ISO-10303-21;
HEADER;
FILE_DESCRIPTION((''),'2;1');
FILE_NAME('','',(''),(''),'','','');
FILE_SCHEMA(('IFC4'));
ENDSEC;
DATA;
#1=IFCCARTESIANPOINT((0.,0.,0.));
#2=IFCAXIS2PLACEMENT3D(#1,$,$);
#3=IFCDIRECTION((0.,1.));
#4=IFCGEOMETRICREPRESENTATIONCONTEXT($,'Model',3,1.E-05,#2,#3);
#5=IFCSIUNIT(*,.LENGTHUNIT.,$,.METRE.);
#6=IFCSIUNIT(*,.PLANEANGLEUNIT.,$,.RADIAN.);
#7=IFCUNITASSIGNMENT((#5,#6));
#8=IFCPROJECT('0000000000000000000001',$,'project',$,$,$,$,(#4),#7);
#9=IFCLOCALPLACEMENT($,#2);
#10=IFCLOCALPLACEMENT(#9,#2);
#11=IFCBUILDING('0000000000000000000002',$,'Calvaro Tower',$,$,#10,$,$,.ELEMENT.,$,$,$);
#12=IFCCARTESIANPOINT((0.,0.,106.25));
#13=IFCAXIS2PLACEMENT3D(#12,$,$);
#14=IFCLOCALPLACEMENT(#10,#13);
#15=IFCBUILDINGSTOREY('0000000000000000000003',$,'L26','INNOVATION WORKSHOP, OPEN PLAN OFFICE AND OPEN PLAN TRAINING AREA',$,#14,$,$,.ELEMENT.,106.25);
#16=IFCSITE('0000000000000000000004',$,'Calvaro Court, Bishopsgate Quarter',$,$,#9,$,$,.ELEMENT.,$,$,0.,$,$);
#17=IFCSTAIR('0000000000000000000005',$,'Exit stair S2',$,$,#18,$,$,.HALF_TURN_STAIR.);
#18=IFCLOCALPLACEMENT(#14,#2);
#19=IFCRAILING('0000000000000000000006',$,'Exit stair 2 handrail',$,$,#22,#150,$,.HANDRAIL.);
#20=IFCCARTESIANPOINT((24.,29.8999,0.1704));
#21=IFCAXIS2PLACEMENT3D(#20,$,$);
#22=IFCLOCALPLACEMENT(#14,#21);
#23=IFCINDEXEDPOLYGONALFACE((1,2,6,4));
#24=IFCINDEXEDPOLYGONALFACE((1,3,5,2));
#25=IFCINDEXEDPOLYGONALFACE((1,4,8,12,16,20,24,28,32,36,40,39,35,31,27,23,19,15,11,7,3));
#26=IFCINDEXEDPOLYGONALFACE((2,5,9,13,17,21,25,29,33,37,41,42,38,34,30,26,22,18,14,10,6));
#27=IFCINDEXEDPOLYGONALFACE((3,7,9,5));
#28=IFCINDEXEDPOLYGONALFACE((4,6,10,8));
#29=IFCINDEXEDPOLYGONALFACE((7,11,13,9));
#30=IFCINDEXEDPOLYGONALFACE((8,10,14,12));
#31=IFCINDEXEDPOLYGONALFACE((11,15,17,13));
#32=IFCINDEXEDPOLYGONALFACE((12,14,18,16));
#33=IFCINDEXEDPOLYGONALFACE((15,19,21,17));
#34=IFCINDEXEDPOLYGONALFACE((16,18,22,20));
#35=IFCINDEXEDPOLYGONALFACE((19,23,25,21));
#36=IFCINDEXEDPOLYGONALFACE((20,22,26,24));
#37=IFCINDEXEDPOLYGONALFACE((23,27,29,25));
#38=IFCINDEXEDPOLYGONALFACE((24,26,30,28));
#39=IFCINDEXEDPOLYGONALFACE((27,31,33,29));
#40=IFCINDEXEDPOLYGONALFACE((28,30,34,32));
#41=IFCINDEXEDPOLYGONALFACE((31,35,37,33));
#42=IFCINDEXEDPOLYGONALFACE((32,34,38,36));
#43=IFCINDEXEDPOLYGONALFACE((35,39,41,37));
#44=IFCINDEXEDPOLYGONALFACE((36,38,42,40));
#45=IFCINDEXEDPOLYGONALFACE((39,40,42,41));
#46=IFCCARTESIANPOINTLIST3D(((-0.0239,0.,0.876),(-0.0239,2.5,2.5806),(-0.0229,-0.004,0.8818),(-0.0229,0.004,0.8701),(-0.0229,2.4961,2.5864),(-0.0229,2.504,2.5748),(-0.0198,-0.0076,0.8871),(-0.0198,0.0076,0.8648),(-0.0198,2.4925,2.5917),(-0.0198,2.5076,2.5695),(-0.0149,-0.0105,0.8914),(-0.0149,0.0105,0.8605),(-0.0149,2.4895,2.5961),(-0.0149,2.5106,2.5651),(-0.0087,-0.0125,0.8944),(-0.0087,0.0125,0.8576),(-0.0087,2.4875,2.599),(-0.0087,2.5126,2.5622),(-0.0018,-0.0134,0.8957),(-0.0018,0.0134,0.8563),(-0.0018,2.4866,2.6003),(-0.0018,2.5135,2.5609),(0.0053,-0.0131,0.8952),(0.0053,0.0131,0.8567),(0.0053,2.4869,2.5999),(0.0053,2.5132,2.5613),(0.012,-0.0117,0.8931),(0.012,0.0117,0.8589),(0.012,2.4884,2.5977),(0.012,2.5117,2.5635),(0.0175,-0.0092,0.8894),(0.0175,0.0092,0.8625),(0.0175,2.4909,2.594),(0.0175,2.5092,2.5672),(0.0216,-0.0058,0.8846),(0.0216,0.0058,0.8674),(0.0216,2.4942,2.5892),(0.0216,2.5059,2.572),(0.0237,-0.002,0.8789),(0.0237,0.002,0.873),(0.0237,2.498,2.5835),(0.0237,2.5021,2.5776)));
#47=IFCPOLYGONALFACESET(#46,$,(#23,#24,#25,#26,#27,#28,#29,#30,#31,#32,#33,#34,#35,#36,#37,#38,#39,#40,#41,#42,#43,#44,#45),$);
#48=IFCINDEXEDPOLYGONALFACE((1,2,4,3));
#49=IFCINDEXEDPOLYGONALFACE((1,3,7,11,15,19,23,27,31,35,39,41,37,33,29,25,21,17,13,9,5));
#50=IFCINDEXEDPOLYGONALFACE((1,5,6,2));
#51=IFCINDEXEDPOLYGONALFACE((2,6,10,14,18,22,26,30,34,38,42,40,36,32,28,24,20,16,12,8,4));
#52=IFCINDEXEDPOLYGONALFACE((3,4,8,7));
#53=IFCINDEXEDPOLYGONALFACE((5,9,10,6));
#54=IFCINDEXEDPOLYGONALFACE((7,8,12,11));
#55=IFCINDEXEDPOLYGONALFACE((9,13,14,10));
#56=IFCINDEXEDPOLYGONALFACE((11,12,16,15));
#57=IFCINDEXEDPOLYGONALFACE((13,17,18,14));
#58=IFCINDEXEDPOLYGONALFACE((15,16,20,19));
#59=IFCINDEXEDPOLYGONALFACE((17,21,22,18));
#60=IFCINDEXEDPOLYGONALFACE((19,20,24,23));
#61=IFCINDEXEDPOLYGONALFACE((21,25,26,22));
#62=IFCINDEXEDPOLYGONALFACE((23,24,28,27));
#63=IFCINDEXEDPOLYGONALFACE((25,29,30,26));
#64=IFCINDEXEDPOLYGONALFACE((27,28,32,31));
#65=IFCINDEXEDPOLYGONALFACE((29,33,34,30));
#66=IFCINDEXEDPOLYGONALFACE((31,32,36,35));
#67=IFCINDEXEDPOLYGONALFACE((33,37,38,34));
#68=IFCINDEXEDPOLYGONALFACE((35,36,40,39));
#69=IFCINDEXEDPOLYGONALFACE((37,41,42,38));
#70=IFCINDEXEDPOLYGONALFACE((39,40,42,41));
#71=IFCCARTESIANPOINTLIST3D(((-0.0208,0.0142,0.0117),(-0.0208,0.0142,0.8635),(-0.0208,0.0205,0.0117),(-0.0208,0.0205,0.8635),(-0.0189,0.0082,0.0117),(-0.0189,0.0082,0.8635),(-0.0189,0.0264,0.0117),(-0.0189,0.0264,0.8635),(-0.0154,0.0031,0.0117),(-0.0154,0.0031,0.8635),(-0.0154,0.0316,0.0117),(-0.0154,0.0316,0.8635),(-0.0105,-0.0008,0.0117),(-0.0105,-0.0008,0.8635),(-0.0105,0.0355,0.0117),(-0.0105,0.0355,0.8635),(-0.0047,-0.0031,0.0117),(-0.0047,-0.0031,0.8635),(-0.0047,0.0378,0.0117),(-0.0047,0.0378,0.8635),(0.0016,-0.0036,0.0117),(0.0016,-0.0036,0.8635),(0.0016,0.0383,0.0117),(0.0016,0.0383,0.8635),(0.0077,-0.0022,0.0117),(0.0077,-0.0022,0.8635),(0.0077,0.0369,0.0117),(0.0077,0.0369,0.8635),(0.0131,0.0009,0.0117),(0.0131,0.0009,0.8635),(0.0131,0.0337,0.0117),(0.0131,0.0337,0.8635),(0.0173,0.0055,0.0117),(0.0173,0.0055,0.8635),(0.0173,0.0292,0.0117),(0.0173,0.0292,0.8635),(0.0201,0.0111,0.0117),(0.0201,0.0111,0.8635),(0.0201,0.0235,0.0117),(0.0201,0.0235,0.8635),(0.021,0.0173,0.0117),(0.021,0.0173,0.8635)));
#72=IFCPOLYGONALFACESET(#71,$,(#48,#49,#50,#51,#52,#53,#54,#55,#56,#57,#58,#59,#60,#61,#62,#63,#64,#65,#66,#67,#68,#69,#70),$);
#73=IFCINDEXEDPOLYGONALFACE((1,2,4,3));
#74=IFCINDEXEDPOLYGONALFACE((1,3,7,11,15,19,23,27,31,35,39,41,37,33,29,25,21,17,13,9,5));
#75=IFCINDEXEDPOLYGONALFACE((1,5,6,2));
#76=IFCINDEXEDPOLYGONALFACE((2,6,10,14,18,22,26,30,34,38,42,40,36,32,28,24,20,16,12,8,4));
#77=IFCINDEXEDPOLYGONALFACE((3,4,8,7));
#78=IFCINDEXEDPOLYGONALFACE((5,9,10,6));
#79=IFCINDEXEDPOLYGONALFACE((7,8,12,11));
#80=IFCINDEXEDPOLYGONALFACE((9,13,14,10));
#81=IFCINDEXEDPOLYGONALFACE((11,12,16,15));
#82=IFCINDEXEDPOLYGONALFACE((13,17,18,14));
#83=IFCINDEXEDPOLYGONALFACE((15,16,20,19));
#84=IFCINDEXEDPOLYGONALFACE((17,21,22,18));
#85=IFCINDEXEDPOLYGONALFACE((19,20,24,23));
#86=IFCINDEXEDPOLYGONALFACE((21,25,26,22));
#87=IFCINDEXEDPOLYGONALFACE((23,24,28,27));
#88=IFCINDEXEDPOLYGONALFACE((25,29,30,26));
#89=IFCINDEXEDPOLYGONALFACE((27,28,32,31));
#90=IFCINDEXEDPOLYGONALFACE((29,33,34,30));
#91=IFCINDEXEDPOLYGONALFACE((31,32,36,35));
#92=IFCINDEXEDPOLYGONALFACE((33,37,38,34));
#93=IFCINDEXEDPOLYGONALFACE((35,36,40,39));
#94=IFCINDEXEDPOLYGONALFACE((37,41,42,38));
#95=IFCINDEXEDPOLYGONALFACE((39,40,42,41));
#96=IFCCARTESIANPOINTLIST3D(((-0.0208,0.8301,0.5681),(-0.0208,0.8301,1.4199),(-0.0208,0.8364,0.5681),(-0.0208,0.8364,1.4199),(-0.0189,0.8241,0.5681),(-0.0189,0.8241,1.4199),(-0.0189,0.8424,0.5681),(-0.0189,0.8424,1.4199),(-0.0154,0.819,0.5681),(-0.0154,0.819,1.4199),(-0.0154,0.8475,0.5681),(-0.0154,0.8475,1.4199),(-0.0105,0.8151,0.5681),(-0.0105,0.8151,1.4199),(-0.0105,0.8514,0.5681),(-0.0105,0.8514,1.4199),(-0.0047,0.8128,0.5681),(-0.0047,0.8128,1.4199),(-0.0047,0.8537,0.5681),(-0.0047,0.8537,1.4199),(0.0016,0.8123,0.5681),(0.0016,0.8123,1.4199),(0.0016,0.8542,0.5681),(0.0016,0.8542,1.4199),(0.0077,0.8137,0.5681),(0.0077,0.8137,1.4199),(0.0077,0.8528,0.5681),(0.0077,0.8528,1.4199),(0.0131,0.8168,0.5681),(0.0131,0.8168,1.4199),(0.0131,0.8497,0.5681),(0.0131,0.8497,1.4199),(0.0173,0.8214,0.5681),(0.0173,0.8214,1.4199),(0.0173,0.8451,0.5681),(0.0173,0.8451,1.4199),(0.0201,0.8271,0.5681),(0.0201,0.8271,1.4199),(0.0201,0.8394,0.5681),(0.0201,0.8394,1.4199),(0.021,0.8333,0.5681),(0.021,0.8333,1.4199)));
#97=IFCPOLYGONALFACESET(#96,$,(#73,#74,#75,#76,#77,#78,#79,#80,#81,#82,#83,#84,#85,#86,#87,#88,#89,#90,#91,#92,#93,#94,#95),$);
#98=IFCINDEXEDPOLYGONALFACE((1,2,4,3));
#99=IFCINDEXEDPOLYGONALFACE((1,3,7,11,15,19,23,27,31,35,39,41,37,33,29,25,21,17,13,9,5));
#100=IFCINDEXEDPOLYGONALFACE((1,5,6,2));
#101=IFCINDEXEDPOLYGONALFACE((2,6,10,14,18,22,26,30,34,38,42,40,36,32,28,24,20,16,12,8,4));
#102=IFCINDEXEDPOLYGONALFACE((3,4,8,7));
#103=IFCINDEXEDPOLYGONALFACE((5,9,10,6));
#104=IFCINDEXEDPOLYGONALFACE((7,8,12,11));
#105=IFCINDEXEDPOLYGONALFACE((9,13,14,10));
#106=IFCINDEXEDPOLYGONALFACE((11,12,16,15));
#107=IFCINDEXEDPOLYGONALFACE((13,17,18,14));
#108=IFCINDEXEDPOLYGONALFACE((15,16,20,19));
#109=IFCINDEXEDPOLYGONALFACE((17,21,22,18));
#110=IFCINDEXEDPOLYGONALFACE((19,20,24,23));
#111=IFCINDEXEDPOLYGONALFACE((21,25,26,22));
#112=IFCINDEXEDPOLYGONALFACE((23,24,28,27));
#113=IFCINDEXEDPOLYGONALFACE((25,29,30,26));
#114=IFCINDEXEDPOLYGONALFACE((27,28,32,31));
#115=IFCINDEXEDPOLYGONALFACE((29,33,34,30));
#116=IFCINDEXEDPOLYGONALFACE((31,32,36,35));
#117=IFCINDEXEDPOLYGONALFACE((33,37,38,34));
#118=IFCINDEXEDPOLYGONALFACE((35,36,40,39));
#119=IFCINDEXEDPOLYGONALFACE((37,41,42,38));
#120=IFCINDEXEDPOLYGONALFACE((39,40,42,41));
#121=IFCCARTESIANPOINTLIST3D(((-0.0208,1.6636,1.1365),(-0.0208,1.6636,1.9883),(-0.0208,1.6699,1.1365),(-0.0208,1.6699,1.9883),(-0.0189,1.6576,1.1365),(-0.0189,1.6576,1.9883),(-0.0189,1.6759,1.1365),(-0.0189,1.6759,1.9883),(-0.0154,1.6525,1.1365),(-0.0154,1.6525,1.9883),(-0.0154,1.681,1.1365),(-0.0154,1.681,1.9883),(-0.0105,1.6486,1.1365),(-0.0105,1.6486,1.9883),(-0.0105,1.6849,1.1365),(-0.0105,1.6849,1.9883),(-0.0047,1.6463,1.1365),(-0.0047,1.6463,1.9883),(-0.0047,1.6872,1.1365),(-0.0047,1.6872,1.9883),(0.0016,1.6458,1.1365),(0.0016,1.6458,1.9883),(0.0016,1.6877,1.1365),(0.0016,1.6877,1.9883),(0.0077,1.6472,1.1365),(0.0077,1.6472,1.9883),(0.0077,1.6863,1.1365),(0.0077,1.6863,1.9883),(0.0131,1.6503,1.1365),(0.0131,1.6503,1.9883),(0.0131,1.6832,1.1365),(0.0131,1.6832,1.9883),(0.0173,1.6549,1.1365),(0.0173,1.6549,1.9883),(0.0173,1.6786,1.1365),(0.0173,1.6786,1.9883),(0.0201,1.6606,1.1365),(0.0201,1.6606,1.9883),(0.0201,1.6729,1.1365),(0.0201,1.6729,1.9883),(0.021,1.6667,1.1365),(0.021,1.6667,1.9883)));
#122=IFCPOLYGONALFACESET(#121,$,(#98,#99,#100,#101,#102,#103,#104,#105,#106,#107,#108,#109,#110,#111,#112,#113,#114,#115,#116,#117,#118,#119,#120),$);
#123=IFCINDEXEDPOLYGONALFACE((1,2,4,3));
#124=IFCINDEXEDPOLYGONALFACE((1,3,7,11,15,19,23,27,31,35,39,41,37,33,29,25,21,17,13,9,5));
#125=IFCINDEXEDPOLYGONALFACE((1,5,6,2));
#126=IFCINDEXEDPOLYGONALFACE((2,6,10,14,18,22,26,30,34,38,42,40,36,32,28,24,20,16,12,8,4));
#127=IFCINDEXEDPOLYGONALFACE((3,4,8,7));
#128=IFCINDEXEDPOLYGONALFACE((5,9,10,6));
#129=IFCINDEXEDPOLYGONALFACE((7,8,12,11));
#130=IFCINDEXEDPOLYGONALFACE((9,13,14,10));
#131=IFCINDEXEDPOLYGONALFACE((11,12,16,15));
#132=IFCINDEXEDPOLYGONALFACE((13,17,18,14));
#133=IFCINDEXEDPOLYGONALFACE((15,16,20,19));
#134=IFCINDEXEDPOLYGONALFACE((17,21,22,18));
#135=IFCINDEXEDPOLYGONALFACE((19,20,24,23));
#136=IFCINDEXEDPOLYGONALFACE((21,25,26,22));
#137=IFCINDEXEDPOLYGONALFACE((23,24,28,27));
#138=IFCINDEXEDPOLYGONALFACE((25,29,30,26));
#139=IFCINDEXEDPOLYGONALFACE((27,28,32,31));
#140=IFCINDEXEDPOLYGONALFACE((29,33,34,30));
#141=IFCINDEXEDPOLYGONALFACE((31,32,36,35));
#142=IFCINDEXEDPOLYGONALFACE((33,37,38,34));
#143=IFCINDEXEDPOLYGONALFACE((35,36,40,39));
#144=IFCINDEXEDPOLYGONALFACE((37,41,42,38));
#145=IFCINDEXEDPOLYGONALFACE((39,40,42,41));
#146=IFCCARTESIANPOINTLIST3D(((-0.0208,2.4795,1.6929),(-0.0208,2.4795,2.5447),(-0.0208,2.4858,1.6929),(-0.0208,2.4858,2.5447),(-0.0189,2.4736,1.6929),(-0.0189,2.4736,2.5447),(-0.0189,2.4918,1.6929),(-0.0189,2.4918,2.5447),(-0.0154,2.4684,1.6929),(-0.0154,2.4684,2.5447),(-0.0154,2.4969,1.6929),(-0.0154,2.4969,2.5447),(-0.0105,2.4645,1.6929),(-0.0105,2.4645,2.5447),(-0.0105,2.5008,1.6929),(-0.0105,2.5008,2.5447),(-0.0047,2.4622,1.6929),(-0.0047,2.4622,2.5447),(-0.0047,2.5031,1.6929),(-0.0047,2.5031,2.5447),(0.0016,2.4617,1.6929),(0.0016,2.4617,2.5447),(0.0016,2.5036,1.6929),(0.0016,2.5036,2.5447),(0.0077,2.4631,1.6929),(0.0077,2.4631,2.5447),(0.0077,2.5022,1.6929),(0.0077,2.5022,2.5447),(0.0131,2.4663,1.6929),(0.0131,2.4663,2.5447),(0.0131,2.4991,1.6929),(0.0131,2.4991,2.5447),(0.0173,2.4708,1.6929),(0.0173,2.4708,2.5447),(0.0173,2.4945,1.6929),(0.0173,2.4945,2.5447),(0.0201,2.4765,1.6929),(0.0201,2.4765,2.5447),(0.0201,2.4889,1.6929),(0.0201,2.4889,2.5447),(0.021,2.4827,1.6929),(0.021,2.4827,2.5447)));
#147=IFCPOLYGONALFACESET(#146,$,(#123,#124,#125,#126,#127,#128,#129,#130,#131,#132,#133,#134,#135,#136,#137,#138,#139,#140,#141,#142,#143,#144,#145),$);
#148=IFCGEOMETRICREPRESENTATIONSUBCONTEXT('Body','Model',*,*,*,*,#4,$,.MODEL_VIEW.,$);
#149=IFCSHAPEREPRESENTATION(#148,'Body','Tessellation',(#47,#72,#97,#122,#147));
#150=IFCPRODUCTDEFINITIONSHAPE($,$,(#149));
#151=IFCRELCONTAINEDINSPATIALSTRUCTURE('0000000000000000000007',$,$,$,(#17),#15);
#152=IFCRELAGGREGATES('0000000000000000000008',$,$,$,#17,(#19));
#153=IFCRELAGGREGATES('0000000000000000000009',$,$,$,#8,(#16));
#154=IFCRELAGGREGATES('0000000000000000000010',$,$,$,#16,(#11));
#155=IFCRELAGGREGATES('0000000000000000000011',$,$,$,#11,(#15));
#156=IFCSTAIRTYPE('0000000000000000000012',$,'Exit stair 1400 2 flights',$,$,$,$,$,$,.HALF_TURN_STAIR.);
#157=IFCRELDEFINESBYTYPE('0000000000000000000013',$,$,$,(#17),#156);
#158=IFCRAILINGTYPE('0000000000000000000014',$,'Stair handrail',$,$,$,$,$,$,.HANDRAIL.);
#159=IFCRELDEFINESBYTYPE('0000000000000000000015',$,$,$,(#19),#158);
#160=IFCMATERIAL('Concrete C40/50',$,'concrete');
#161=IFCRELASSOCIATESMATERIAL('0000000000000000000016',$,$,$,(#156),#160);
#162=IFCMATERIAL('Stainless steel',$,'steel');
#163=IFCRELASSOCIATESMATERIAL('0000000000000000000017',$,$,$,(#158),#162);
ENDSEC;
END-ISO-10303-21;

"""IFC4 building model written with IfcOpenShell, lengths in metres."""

from ifc_helpers import new_model, si_unit, direction, frame, origin, origin_2d, place, context, subcontext, project, spatial, circle, extrude, material, type_object, element, aggregate, save


model = new_model("IFC4")

# Units and contexts
model_context = context("Model", 3, precision=1e-05, world=origin(), true_north=direction((0.0, 1.0)))
body_context = subcontext(model_context, "Body", "Model", "MODEL_VIEW")
ifc_project = project(units=[si_unit("LENGTHUNIT", "METRE"), si_unit("PLANEANGLEUNIT", "RADIAN")], contexts=[model_context])

# Site, building, storey
site_placement = place(None, origin())
site = spatial("IfcSite", under=ifc_project, at=site_placement, Name="Calvaro Court, Bishopsgate Quarter", CompositionType="ELEMENT", RefElevation=0.0)
building_placement = place(site_placement, origin())
building = spatial("IfcBuilding", under=site, at=building_placement, Name="Calvaro Tower", CompositionType="ELEMENT")
storey_placement = place(building_placement, frame((0.0, 0.0, 106.25)))
storey = spatial("IfcBuildingStorey", under=building, at=storey_placement, Name="L26", Description="INNOVATION WORKSHOP, OPEN PLAN OFFICE AND OPEN PLAN TRAINING AREA", CompositionType="ELEMENT", Elevation=106.25)

# Stair
ifc_material_1 = material(Name="Concrete C40/50", Category="concrete")
stair_type = type_object("IfcStairType", Name="Exit stair 1400 2 flights", PredefinedType="HALF_TURN_STAIR", material=ifc_material_1)
stair_1_placement = place(storey_placement, origin())
stair_1 = element("IfcStair", 1, at=stair_1_placement, inside=storey, type_object=stair_type, Name="Exit stair S2", PredefinedType="HALF_TURN_STAIR")

# Shared definitions
ifc_material_2 = material(Name="Stainless steel", Category="steel")
railing_type = type_object("IfcRailingType", Name="Stair handrail", PredefinedType="HANDRAIL", material=ifc_material_2)

# Railing
railing_1_placement = place(storey_placement, frame((24.0, 29.8999, 0.1704)))
railing_1 = element("IfcRailing", 2, at=railing_1_placement, type_object=railing_type, Name="Exit stair 2 handrail", PredefinedType="HANDRAIL", context=body_context, shape_type="SweptSolid", body=[
    extrude(circle(Radius=0.0239, at=origin_2d()), frame((0.0, 0.0, 0.876), z_axis=(0.0, 0.826221, 0.563347), x_axis=(-1.0, 0.0, 0.0)), (0.0, 0.0, 1.0), 3.0259),
    extrude(circle(Radius=0.021, at=origin_2d()), frame((0.0, 0.0173, 0.0117)), (0.0, 0.0, 1.0), 0.8518),
    extrude(circle(Radius=0.021, at=origin_2d()), frame((0.0, 0.8333, 0.5681)), (0.0, 0.0, 1.0), 0.8518),
    extrude(circle(Radius=0.021, at=origin_2d()), frame((0.0, 1.6667, 1.1365)), (0.0, 0.0, 1.0), 0.8518),
    extrude(circle(Radius=0.021, at=origin_2d()), frame((0.0, 2.4827, 1.6929)), (0.0, 0.0, 1.0), 0.8518),
])
aggregate(stair_1, [railing_1])

save(model, "model.ifc")
